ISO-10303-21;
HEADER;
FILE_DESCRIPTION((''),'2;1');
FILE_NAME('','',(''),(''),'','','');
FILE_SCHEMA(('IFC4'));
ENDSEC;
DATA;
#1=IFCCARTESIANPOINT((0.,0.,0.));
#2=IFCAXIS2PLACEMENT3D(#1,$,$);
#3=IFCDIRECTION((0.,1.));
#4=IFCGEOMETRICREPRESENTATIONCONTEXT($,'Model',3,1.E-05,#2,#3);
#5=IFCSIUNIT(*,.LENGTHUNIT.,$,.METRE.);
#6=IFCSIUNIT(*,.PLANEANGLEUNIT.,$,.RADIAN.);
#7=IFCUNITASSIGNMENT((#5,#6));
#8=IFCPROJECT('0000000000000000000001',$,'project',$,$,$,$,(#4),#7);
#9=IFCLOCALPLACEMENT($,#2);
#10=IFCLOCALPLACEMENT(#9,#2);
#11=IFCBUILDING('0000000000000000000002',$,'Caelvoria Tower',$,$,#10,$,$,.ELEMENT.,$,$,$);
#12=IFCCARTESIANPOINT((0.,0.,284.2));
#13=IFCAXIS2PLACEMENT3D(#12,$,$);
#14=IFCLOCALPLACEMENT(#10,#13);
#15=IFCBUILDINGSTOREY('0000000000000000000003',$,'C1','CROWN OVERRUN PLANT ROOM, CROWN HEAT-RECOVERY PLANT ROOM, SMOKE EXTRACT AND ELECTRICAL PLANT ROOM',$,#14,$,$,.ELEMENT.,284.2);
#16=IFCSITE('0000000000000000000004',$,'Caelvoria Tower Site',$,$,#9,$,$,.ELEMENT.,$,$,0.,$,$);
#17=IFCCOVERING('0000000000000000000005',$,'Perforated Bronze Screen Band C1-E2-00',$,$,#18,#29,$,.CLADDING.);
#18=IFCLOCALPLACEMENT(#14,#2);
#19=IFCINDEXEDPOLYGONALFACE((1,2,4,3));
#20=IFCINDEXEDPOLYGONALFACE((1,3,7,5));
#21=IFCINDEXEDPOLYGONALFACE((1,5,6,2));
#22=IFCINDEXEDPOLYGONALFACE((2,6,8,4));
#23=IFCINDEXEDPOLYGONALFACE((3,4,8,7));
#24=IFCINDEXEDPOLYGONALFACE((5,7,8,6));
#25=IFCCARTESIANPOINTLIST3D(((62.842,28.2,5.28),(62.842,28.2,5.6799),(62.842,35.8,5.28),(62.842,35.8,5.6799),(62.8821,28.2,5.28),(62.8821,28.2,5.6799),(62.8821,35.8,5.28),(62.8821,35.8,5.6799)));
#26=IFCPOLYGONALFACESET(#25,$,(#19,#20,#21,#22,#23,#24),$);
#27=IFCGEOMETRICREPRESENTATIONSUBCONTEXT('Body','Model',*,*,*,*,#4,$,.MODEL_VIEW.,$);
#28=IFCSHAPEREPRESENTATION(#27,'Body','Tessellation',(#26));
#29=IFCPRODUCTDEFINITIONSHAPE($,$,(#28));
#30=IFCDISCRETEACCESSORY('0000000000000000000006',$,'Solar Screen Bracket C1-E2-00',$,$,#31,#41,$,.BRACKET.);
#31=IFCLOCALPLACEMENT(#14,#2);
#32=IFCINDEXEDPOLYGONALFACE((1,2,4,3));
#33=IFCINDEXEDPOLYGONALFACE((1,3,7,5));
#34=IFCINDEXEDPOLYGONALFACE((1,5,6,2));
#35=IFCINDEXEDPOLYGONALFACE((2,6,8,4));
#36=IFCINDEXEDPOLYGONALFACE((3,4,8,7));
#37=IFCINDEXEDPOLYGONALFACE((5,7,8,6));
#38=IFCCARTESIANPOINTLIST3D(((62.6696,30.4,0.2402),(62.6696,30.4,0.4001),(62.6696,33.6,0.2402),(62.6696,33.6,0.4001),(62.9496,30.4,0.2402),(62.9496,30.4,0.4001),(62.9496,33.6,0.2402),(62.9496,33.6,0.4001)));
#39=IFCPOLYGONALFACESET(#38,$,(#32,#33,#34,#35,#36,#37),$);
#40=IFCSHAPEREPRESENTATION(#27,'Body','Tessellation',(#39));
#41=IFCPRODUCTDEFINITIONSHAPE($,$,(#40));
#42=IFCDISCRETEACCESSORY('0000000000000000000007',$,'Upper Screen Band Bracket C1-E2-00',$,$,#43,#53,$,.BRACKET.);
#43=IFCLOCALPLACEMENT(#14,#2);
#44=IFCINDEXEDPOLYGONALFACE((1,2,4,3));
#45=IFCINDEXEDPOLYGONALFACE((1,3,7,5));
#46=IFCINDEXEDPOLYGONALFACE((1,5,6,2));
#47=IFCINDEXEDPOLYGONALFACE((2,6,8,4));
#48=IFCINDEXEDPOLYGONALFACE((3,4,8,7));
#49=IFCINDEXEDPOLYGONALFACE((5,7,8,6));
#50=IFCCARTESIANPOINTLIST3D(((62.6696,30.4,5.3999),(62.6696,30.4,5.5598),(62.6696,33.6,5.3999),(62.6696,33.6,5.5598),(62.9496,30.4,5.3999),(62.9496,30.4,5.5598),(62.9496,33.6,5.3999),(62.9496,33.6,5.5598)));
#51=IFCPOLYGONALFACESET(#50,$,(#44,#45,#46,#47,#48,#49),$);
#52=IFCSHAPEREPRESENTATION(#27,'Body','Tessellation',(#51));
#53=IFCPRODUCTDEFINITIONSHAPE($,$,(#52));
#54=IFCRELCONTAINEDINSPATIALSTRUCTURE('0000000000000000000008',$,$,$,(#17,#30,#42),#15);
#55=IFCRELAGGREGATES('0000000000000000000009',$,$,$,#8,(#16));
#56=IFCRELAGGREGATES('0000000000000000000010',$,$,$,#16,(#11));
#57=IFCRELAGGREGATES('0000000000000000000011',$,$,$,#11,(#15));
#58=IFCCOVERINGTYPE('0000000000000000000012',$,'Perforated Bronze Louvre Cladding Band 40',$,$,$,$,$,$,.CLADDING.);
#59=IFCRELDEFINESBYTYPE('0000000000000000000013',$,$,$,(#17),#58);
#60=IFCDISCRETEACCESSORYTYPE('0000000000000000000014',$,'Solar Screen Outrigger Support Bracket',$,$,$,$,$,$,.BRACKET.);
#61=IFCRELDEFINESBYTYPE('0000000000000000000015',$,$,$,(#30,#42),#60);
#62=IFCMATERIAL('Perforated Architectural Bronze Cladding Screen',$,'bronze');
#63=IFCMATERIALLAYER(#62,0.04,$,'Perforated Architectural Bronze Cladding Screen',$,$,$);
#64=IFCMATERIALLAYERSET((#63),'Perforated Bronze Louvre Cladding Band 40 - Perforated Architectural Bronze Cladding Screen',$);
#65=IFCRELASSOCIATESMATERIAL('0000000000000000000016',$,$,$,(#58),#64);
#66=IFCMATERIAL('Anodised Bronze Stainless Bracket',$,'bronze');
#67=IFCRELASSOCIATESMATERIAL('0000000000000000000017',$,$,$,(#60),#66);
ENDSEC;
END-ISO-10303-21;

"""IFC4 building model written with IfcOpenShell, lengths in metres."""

from ifc_helpers import new_model, si_unit, direction, frame, origin, origin_2d, place, context, subcontext, project, spatial, rectangle, extrude, material, layer, layer_set, type_object, element, save


model = new_model("IFC4")

# Units and contexts
model_context = context("Model", 3, precision=1e-05, world=origin(), true_north=direction((0.0, 1.0)))
body_context = subcontext(model_context, "Body", "Model", "MODEL_VIEW")
ifc_project = project(units=[si_unit("LENGTHUNIT", "METRE"), si_unit("PLANEANGLEUNIT", "RADIAN")], contexts=[model_context])

# Site, building, storey
site_placement = place(None, origin())
site = spatial("IfcSite", under=ifc_project, at=site_placement, Name="Caelvoria Tower Site", CompositionType="ELEMENT", RefElevation=0.0)
building_placement = place(site_placement, origin())
building = spatial("IfcBuilding", under=site, at=building_placement, Name="Caelvoria Tower", CompositionType="ELEMENT")
storey_placement = place(building_placement, frame((0.0, 0.0, 284.2)))
storey = spatial("IfcBuildingStorey", under=building, at=storey_placement, Name="C1", Description="CROWN OVERRUN PLANT ROOM, CROWN HEAT-RECOVERY PLANT ROOM, SMOKE EXTRACT AND ELECTRICAL PLANT ROOM", CompositionType="ELEMENT", Elevation=284.2)

# Covering
ifc_material_1 = material(Name="Perforated Architectural Bronze Cladding Screen", Category="bronze")
ifc_layer_1 = layer(ifc_material_1, 0.04, Name="Perforated Architectural Bronze Cladding Screen")
ifc_layer_set_1 = layer_set([ifc_layer_1], Name="Perforated Bronze Louvre Cladding Band 40 - Perforated Architectural Bronze Cladding Screen")
covering_type = type_object("IfcCoveringType", Name="Perforated Bronze Louvre Cladding Band 40", PredefinedType="CLADDING", material=ifc_layer_set_1)
covering_placement = place(storey_placement, frame((62.8621, 32.0, 5.28), z_axis=(0.0, 0.0, 1.0), x_axis=(0.0, 1.0, 0.0)))
element("IfcCovering", 1, at=covering_placement, inside=storey, type_object=covering_type, Name="Perforated Bronze Screen Band C1-E2-00", PredefinedType="CLADDING", context=body_context, shape_type="SweptSolid", body=[
    extrude(rectangle(XDim=7.6001, YDim=0.04, at=origin_2d()), origin(), (0.0, 0.0, 1.0), 0.3999),
])

# Discrete accessories
ifc_material_2 = material(Name="Anodised Bronze Stainless Bracket", Category="bronze")
discrete_accessory_type = type_object("IfcDiscreteAccessoryType", Name="Solar Screen Outrigger Support Bracket", PredefinedType="BRACKET", material=ifc_material_2)
for number, where, z_axis, x_axis, name in (
    (2, (62.8096, 32.0, 0.2402), (0.0, 0.0, 1.0), (0.0, 1.0, 0.0), "Solar Screen Bracket C1-E2-00"),
    (3, (62.8096, 32.0, 5.3999), (0.0, 0.0, 1.0), (0.0, 1.0, 0.0), "Upper Screen Band Bracket C1-E2-00"),
):
    element("IfcDiscreteAccessory", number, at=place(storey_placement, frame(where, z_axis=z_axis, x_axis=x_axis)), inside=storey, type_object=discrete_accessory_type, Name=name, PredefinedType="BRACKET", context=body_context, shape_type="SweptSolid", body=[
        extrude(rectangle(XDim=3.2, YDim=0.28, at=origin_2d()), origin(), (0.0, 0.0, 1.0), 0.1599),
    ])

save(model, "model.ifc")
